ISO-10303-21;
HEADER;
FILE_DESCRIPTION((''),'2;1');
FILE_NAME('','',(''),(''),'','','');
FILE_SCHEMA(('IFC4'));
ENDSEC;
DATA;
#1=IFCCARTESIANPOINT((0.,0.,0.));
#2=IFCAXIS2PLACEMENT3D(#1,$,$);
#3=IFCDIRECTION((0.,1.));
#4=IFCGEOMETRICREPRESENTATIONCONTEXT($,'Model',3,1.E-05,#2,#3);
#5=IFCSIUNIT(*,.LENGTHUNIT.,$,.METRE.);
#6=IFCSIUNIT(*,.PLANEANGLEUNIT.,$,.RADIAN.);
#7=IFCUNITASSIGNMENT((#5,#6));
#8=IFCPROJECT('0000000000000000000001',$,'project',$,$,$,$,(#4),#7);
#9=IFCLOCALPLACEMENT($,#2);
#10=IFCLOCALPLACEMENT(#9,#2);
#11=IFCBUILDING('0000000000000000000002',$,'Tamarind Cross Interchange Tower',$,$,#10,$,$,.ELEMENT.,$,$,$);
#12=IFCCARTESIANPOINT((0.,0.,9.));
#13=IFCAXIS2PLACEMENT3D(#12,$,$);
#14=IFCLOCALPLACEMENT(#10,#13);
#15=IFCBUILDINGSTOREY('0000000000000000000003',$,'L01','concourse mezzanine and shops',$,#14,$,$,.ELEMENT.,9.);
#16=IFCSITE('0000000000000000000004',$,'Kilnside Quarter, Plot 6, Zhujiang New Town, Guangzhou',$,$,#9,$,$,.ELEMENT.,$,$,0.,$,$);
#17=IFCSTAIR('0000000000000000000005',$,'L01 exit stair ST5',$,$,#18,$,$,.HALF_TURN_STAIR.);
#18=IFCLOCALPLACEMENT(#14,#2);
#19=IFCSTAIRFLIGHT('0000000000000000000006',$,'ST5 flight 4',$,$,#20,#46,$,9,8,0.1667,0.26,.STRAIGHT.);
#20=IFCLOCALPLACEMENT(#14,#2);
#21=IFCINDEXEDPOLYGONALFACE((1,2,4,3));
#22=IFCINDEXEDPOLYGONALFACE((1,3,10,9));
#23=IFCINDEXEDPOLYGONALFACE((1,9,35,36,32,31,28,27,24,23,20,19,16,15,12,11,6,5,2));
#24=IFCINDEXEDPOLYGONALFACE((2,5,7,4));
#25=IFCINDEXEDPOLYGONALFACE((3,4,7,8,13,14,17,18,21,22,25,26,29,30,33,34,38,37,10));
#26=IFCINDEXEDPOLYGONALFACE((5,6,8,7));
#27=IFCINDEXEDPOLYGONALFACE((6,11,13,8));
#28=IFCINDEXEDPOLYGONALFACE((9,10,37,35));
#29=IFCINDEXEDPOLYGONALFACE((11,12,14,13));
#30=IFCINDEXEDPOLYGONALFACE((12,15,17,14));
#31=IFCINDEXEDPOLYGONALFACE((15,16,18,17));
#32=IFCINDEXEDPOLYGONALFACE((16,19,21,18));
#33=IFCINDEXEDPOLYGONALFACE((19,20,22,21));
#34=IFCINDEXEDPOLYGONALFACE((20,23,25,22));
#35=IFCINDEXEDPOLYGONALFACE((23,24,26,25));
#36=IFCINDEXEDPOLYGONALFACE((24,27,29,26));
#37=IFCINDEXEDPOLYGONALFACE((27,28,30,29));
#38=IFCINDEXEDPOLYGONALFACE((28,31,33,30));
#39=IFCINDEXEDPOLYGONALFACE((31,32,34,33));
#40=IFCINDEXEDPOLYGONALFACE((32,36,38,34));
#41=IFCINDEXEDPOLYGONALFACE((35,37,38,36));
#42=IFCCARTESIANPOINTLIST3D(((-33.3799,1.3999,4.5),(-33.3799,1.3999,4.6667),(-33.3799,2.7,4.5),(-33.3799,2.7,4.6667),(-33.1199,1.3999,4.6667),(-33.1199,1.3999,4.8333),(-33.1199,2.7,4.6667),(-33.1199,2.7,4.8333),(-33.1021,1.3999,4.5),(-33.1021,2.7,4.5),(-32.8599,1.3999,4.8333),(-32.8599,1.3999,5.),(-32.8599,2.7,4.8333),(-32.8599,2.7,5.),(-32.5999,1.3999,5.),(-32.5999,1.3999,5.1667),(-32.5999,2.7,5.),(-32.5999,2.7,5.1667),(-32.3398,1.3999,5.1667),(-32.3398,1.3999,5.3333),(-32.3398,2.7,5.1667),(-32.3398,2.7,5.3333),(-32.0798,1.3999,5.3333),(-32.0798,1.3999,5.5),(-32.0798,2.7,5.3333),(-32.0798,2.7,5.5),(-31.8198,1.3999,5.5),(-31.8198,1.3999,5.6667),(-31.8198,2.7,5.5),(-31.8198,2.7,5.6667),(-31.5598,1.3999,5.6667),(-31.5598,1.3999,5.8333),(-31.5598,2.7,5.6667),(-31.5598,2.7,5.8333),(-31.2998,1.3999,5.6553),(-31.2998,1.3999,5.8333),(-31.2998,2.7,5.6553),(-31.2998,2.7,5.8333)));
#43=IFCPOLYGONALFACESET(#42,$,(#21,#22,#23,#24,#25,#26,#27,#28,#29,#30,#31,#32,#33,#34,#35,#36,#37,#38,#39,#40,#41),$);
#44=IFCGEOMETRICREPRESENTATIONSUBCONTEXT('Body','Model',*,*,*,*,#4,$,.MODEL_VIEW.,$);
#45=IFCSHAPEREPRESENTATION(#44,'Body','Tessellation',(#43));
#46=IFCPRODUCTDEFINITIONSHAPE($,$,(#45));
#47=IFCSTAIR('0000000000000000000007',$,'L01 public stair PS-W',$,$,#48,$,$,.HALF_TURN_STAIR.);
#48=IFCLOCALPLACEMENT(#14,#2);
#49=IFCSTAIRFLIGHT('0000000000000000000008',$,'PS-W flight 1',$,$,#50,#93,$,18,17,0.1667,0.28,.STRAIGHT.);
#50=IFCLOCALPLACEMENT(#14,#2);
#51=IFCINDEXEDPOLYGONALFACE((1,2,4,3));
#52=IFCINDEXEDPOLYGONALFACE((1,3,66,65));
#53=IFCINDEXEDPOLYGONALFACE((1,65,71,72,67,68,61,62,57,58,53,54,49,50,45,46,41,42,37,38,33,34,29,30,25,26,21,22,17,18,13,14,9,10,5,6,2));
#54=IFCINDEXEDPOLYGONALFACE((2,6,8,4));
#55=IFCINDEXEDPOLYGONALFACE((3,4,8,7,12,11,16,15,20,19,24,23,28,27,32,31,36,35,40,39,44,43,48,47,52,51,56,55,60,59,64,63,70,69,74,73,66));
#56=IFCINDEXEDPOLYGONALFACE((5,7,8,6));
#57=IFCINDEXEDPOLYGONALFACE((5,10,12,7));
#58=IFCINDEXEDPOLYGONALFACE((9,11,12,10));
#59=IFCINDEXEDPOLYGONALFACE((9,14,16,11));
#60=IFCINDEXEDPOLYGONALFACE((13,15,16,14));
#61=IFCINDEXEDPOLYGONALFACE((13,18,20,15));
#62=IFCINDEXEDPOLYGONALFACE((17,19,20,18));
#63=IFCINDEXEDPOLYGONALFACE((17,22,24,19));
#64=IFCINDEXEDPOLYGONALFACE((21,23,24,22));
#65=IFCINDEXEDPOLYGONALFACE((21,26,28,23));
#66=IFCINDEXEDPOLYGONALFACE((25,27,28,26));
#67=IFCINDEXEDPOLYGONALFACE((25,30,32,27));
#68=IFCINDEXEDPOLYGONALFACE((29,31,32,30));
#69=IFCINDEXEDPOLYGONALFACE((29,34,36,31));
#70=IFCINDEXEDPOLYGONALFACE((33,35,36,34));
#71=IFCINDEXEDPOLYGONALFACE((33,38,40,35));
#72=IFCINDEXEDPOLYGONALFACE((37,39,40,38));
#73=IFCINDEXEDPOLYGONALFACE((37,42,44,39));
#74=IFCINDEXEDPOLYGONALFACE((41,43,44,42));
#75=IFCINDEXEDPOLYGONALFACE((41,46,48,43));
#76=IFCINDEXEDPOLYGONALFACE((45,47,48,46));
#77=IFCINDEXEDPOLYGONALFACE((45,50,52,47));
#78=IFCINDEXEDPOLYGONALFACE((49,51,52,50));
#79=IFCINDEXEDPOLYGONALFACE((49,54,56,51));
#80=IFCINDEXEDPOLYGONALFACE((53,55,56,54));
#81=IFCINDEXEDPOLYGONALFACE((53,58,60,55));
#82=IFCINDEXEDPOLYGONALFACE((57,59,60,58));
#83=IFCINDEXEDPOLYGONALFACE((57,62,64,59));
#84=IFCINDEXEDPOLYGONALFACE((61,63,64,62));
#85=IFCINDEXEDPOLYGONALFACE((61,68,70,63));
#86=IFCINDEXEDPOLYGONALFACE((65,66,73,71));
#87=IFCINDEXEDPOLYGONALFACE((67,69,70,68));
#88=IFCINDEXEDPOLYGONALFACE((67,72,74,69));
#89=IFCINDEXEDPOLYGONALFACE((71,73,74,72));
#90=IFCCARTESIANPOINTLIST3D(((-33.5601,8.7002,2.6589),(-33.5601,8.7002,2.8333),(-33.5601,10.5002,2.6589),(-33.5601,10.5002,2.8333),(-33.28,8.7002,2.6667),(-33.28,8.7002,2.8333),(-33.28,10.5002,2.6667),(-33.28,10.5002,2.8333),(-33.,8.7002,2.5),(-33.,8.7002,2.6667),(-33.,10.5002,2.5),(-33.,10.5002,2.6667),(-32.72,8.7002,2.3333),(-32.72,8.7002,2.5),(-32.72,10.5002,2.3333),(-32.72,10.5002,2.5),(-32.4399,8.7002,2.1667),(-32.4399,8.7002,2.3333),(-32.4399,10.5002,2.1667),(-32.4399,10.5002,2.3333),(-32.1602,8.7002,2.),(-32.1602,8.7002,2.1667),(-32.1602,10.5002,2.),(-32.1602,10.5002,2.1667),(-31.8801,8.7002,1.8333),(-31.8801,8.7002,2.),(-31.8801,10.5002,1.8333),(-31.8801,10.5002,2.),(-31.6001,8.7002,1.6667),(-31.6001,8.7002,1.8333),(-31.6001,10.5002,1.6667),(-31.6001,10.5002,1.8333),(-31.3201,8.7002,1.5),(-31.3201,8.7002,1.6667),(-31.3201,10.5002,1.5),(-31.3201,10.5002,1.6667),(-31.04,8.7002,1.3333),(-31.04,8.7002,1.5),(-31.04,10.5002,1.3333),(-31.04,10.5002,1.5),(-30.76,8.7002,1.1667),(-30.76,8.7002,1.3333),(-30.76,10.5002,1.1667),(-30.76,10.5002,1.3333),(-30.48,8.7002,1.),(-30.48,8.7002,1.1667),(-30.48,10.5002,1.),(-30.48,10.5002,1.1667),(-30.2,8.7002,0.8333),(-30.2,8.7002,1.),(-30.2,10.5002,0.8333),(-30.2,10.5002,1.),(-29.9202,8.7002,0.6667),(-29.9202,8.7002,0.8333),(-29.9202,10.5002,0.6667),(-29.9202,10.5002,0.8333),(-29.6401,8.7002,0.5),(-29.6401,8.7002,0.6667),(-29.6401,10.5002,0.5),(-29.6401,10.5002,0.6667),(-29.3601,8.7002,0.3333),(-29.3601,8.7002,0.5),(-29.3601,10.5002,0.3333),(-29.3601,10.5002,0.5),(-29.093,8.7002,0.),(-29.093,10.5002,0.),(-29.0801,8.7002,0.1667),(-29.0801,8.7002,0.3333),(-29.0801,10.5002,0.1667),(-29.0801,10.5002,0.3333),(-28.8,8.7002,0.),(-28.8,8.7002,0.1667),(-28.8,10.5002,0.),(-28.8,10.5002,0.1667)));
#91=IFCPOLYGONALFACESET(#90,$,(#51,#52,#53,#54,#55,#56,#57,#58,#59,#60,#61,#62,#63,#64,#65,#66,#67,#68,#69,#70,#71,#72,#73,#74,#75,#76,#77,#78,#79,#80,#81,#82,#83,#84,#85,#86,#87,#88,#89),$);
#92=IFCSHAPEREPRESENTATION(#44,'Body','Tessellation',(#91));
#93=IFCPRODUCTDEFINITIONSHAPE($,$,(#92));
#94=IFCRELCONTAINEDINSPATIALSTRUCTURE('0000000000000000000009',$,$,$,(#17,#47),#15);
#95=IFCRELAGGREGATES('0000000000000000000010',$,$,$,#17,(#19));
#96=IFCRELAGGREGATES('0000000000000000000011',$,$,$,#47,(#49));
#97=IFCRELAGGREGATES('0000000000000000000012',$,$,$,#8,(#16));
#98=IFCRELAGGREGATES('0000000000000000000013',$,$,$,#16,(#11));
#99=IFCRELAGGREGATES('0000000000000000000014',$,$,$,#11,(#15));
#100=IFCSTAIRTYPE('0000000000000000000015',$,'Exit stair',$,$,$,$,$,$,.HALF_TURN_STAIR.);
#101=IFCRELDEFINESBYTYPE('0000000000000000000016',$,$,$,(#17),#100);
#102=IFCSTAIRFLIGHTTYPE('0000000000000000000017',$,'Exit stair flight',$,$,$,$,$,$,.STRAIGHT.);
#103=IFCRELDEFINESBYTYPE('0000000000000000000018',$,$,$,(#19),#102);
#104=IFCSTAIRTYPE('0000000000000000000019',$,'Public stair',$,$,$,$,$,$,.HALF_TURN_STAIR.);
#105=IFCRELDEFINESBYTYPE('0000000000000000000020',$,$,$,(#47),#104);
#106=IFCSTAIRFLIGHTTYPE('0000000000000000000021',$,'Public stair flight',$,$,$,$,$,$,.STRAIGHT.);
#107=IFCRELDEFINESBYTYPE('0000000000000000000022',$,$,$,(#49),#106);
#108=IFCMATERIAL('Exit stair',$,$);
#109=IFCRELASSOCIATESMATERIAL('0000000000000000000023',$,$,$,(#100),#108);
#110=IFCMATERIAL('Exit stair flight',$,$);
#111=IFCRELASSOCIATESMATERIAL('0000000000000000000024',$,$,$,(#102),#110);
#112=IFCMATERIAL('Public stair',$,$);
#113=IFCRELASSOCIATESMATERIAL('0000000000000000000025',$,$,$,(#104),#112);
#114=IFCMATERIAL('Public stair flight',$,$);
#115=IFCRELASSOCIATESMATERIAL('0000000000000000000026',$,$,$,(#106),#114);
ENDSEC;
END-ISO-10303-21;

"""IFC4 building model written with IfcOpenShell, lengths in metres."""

from ifc_helpers import new_model, si_unit, direction, frame, origin, place, context, subcontext, project, spatial, polyline, outline, extrude, material, type_object, element, aggregate, save


model = new_model("IFC4")

# Units and contexts
model_context = context("Model", 3, precision=1e-05, world=origin(), true_north=direction((0.0, 1.0)))
body_context = subcontext(model_context, "Body", "Model", "MODEL_VIEW")
ifc_project = project(units=[si_unit("LENGTHUNIT", "METRE"), si_unit("PLANEANGLEUNIT", "RADIAN")], contexts=[model_context])

# Site, building, storey
site_placement = place(None, origin())
site = spatial("IfcSite", under=ifc_project, at=site_placement, Name="Kilnside Quarter, Plot 6, Zhujiang New Town, Guangzhou", CompositionType="ELEMENT", RefElevation=0.0)
building_placement = place(site_placement, origin())
building = spatial("IfcBuilding", under=site, at=building_placement, Name="Tamarind Cross Interchange Tower", CompositionType="ELEMENT")
storey_placement = place(building_placement, frame((0.0, 0.0, 9.0)))
storey = spatial("IfcBuildingStorey", under=building, at=storey_placement, Name="L01", Description="concourse mezzanine and shops", CompositionType="ELEMENT", Elevation=9.0)

# Stair, stair flight
ifc_material_1 = material(Name="Exit stair")
stair_type_1 = type_object("IfcStairType", Name="Exit stair", PredefinedType="HALF_TURN_STAIR", material=ifc_material_1)
stair_1_placement = place(storey_placement, origin())
stair_1 = element("IfcStair", 1, at=stair_1_placement, inside=storey, type_object=stair_type_1, Name="L01 exit stair ST5", PredefinedType="HALF_TURN_STAIR")
ifc_material_2 = material(Name="Exit stair flight")
stair_flight_type_1 = type_object("IfcStairFlightType", Name="Exit stair flight", PredefinedType="STRAIGHT", material=ifc_material_2)
stair_flight_1_placement = place(storey_placement, frame((-33.3799, 2.05, 4.5), z_axis=(0.0, 0.0, 1.0), x_axis=(1.0, 0.0, 0.0)))
stair_flight_1 = element("IfcStairFlight", 2, at=stair_flight_1_placement, type_object=stair_flight_type_1, Name="ST5 flight 4", NumberOfRisers=9, NumberOfTreads=8, PredefinedType="STRAIGHT", RiserHeight=0.1667, TreadLength=0.26, context=body_context, shape_type="SweptSolid", body=[
    extrude(outline(polyline([(0.0, 0.0), (0.0, 0.1667), (0.26, 0.1667), (0.26, 0.3333), (0.52, 0.3333), (0.52, 0.5), (0.78, 0.5), (0.78, 0.6667), (1.04, 0.6667), (1.04, 0.8333), (1.3, 0.8333), (1.3, 1.0), (1.5601, 1.0), (1.5601, 1.1667), (1.8201, 1.1667), (1.8201, 1.3333), (2.0801, 1.3333), (2.0801, 1.5), (2.0801, 1.1553), (0.2778, 0.0), (0.0, 0.0)])), frame((0.0, 0.6499, 0.0), z_axis=(0.0, -1.0, 0.0), x_axis=(1.0, 0.0, 0.0)), (0.0, 0.0, 1.0), 1.3),
])
aggregate(stair_1, [stair_flight_1])

# Stair, stair flight
ifc_material_3 = material(Name="Public stair")
stair_type_2 = type_object("IfcStairType", Name="Public stair", PredefinedType="HALF_TURN_STAIR", material=ifc_material_3)
stair_2_placement = place(storey_placement, origin())
stair_2 = element("IfcStair", 3, at=stair_2_placement, inside=storey, type_object=stair_type_2, Name="L01 public stair PS-W", PredefinedType="HALF_TURN_STAIR")
ifc_material_4 = material(Name="Public stair flight")
stair_flight_type_2 = type_object("IfcStairFlightType", Name="Public stair flight", PredefinedType="STRAIGHT", material=ifc_material_4)
stair_flight_2_placement = place(storey_placement, frame((-28.8, 9.6001, 0.0), z_axis=(0.0, 0.0, 1.0), x_axis=(-1.0, 0.0, 0.0)))
stair_flight_2 = element("IfcStairFlight", 4, at=stair_flight_2_placement, type_object=stair_flight_type_2, Name="PS-W flight 1", NumberOfRisers=18, NumberOfTreads=17, PredefinedType="STRAIGHT", RiserHeight=0.1667, TreadLength=0.28, context=body_context, shape_type="SweptSolid", body=[
    extrude(outline(polyline([(0.0, 0.0), (0.0, 0.1667), (0.28, 0.1667), (0.28, 0.3333), (0.5601, 0.3333), (0.5601, 0.5), (0.8401, 0.5), (0.8401, 0.6667), (1.1201, 0.6667), (1.1201, 0.8333), (1.3999, 0.8333), (1.3999, 1.0), (1.6799, 1.0), (1.6799, 1.1667), (1.96, 1.1667), (1.96, 1.3333), (2.24, 1.3333), (2.24, 1.5), (2.52, 1.5), (2.52, 1.6667), (2.8, 1.6667), (2.8, 1.8333), (3.0801, 1.8333), (3.0801, 2.0), (3.3601, 2.0), (3.3601, 2.1667), (3.6399, 2.1667), (3.6399, 2.3333), (3.9199, 2.3333), (3.9199, 2.5), (4.2, 2.5), (4.2, 2.6667), (4.48, 2.6667), (4.48, 2.8333), (4.76, 2.8333), (4.76, 3.0), (4.76, 2.6589), (0.293, 0.0), (0.0, 0.0)])), frame((0.0, 0.8999, 0.0), z_axis=(0.0, -1.0, 0.0), x_axis=(1.0, 0.0, 0.0)), (0.0, 0.0, 1.0), 1.8),
])
aggregate(stair_2, [stair_flight_2])

save(model, "model.ifc")
